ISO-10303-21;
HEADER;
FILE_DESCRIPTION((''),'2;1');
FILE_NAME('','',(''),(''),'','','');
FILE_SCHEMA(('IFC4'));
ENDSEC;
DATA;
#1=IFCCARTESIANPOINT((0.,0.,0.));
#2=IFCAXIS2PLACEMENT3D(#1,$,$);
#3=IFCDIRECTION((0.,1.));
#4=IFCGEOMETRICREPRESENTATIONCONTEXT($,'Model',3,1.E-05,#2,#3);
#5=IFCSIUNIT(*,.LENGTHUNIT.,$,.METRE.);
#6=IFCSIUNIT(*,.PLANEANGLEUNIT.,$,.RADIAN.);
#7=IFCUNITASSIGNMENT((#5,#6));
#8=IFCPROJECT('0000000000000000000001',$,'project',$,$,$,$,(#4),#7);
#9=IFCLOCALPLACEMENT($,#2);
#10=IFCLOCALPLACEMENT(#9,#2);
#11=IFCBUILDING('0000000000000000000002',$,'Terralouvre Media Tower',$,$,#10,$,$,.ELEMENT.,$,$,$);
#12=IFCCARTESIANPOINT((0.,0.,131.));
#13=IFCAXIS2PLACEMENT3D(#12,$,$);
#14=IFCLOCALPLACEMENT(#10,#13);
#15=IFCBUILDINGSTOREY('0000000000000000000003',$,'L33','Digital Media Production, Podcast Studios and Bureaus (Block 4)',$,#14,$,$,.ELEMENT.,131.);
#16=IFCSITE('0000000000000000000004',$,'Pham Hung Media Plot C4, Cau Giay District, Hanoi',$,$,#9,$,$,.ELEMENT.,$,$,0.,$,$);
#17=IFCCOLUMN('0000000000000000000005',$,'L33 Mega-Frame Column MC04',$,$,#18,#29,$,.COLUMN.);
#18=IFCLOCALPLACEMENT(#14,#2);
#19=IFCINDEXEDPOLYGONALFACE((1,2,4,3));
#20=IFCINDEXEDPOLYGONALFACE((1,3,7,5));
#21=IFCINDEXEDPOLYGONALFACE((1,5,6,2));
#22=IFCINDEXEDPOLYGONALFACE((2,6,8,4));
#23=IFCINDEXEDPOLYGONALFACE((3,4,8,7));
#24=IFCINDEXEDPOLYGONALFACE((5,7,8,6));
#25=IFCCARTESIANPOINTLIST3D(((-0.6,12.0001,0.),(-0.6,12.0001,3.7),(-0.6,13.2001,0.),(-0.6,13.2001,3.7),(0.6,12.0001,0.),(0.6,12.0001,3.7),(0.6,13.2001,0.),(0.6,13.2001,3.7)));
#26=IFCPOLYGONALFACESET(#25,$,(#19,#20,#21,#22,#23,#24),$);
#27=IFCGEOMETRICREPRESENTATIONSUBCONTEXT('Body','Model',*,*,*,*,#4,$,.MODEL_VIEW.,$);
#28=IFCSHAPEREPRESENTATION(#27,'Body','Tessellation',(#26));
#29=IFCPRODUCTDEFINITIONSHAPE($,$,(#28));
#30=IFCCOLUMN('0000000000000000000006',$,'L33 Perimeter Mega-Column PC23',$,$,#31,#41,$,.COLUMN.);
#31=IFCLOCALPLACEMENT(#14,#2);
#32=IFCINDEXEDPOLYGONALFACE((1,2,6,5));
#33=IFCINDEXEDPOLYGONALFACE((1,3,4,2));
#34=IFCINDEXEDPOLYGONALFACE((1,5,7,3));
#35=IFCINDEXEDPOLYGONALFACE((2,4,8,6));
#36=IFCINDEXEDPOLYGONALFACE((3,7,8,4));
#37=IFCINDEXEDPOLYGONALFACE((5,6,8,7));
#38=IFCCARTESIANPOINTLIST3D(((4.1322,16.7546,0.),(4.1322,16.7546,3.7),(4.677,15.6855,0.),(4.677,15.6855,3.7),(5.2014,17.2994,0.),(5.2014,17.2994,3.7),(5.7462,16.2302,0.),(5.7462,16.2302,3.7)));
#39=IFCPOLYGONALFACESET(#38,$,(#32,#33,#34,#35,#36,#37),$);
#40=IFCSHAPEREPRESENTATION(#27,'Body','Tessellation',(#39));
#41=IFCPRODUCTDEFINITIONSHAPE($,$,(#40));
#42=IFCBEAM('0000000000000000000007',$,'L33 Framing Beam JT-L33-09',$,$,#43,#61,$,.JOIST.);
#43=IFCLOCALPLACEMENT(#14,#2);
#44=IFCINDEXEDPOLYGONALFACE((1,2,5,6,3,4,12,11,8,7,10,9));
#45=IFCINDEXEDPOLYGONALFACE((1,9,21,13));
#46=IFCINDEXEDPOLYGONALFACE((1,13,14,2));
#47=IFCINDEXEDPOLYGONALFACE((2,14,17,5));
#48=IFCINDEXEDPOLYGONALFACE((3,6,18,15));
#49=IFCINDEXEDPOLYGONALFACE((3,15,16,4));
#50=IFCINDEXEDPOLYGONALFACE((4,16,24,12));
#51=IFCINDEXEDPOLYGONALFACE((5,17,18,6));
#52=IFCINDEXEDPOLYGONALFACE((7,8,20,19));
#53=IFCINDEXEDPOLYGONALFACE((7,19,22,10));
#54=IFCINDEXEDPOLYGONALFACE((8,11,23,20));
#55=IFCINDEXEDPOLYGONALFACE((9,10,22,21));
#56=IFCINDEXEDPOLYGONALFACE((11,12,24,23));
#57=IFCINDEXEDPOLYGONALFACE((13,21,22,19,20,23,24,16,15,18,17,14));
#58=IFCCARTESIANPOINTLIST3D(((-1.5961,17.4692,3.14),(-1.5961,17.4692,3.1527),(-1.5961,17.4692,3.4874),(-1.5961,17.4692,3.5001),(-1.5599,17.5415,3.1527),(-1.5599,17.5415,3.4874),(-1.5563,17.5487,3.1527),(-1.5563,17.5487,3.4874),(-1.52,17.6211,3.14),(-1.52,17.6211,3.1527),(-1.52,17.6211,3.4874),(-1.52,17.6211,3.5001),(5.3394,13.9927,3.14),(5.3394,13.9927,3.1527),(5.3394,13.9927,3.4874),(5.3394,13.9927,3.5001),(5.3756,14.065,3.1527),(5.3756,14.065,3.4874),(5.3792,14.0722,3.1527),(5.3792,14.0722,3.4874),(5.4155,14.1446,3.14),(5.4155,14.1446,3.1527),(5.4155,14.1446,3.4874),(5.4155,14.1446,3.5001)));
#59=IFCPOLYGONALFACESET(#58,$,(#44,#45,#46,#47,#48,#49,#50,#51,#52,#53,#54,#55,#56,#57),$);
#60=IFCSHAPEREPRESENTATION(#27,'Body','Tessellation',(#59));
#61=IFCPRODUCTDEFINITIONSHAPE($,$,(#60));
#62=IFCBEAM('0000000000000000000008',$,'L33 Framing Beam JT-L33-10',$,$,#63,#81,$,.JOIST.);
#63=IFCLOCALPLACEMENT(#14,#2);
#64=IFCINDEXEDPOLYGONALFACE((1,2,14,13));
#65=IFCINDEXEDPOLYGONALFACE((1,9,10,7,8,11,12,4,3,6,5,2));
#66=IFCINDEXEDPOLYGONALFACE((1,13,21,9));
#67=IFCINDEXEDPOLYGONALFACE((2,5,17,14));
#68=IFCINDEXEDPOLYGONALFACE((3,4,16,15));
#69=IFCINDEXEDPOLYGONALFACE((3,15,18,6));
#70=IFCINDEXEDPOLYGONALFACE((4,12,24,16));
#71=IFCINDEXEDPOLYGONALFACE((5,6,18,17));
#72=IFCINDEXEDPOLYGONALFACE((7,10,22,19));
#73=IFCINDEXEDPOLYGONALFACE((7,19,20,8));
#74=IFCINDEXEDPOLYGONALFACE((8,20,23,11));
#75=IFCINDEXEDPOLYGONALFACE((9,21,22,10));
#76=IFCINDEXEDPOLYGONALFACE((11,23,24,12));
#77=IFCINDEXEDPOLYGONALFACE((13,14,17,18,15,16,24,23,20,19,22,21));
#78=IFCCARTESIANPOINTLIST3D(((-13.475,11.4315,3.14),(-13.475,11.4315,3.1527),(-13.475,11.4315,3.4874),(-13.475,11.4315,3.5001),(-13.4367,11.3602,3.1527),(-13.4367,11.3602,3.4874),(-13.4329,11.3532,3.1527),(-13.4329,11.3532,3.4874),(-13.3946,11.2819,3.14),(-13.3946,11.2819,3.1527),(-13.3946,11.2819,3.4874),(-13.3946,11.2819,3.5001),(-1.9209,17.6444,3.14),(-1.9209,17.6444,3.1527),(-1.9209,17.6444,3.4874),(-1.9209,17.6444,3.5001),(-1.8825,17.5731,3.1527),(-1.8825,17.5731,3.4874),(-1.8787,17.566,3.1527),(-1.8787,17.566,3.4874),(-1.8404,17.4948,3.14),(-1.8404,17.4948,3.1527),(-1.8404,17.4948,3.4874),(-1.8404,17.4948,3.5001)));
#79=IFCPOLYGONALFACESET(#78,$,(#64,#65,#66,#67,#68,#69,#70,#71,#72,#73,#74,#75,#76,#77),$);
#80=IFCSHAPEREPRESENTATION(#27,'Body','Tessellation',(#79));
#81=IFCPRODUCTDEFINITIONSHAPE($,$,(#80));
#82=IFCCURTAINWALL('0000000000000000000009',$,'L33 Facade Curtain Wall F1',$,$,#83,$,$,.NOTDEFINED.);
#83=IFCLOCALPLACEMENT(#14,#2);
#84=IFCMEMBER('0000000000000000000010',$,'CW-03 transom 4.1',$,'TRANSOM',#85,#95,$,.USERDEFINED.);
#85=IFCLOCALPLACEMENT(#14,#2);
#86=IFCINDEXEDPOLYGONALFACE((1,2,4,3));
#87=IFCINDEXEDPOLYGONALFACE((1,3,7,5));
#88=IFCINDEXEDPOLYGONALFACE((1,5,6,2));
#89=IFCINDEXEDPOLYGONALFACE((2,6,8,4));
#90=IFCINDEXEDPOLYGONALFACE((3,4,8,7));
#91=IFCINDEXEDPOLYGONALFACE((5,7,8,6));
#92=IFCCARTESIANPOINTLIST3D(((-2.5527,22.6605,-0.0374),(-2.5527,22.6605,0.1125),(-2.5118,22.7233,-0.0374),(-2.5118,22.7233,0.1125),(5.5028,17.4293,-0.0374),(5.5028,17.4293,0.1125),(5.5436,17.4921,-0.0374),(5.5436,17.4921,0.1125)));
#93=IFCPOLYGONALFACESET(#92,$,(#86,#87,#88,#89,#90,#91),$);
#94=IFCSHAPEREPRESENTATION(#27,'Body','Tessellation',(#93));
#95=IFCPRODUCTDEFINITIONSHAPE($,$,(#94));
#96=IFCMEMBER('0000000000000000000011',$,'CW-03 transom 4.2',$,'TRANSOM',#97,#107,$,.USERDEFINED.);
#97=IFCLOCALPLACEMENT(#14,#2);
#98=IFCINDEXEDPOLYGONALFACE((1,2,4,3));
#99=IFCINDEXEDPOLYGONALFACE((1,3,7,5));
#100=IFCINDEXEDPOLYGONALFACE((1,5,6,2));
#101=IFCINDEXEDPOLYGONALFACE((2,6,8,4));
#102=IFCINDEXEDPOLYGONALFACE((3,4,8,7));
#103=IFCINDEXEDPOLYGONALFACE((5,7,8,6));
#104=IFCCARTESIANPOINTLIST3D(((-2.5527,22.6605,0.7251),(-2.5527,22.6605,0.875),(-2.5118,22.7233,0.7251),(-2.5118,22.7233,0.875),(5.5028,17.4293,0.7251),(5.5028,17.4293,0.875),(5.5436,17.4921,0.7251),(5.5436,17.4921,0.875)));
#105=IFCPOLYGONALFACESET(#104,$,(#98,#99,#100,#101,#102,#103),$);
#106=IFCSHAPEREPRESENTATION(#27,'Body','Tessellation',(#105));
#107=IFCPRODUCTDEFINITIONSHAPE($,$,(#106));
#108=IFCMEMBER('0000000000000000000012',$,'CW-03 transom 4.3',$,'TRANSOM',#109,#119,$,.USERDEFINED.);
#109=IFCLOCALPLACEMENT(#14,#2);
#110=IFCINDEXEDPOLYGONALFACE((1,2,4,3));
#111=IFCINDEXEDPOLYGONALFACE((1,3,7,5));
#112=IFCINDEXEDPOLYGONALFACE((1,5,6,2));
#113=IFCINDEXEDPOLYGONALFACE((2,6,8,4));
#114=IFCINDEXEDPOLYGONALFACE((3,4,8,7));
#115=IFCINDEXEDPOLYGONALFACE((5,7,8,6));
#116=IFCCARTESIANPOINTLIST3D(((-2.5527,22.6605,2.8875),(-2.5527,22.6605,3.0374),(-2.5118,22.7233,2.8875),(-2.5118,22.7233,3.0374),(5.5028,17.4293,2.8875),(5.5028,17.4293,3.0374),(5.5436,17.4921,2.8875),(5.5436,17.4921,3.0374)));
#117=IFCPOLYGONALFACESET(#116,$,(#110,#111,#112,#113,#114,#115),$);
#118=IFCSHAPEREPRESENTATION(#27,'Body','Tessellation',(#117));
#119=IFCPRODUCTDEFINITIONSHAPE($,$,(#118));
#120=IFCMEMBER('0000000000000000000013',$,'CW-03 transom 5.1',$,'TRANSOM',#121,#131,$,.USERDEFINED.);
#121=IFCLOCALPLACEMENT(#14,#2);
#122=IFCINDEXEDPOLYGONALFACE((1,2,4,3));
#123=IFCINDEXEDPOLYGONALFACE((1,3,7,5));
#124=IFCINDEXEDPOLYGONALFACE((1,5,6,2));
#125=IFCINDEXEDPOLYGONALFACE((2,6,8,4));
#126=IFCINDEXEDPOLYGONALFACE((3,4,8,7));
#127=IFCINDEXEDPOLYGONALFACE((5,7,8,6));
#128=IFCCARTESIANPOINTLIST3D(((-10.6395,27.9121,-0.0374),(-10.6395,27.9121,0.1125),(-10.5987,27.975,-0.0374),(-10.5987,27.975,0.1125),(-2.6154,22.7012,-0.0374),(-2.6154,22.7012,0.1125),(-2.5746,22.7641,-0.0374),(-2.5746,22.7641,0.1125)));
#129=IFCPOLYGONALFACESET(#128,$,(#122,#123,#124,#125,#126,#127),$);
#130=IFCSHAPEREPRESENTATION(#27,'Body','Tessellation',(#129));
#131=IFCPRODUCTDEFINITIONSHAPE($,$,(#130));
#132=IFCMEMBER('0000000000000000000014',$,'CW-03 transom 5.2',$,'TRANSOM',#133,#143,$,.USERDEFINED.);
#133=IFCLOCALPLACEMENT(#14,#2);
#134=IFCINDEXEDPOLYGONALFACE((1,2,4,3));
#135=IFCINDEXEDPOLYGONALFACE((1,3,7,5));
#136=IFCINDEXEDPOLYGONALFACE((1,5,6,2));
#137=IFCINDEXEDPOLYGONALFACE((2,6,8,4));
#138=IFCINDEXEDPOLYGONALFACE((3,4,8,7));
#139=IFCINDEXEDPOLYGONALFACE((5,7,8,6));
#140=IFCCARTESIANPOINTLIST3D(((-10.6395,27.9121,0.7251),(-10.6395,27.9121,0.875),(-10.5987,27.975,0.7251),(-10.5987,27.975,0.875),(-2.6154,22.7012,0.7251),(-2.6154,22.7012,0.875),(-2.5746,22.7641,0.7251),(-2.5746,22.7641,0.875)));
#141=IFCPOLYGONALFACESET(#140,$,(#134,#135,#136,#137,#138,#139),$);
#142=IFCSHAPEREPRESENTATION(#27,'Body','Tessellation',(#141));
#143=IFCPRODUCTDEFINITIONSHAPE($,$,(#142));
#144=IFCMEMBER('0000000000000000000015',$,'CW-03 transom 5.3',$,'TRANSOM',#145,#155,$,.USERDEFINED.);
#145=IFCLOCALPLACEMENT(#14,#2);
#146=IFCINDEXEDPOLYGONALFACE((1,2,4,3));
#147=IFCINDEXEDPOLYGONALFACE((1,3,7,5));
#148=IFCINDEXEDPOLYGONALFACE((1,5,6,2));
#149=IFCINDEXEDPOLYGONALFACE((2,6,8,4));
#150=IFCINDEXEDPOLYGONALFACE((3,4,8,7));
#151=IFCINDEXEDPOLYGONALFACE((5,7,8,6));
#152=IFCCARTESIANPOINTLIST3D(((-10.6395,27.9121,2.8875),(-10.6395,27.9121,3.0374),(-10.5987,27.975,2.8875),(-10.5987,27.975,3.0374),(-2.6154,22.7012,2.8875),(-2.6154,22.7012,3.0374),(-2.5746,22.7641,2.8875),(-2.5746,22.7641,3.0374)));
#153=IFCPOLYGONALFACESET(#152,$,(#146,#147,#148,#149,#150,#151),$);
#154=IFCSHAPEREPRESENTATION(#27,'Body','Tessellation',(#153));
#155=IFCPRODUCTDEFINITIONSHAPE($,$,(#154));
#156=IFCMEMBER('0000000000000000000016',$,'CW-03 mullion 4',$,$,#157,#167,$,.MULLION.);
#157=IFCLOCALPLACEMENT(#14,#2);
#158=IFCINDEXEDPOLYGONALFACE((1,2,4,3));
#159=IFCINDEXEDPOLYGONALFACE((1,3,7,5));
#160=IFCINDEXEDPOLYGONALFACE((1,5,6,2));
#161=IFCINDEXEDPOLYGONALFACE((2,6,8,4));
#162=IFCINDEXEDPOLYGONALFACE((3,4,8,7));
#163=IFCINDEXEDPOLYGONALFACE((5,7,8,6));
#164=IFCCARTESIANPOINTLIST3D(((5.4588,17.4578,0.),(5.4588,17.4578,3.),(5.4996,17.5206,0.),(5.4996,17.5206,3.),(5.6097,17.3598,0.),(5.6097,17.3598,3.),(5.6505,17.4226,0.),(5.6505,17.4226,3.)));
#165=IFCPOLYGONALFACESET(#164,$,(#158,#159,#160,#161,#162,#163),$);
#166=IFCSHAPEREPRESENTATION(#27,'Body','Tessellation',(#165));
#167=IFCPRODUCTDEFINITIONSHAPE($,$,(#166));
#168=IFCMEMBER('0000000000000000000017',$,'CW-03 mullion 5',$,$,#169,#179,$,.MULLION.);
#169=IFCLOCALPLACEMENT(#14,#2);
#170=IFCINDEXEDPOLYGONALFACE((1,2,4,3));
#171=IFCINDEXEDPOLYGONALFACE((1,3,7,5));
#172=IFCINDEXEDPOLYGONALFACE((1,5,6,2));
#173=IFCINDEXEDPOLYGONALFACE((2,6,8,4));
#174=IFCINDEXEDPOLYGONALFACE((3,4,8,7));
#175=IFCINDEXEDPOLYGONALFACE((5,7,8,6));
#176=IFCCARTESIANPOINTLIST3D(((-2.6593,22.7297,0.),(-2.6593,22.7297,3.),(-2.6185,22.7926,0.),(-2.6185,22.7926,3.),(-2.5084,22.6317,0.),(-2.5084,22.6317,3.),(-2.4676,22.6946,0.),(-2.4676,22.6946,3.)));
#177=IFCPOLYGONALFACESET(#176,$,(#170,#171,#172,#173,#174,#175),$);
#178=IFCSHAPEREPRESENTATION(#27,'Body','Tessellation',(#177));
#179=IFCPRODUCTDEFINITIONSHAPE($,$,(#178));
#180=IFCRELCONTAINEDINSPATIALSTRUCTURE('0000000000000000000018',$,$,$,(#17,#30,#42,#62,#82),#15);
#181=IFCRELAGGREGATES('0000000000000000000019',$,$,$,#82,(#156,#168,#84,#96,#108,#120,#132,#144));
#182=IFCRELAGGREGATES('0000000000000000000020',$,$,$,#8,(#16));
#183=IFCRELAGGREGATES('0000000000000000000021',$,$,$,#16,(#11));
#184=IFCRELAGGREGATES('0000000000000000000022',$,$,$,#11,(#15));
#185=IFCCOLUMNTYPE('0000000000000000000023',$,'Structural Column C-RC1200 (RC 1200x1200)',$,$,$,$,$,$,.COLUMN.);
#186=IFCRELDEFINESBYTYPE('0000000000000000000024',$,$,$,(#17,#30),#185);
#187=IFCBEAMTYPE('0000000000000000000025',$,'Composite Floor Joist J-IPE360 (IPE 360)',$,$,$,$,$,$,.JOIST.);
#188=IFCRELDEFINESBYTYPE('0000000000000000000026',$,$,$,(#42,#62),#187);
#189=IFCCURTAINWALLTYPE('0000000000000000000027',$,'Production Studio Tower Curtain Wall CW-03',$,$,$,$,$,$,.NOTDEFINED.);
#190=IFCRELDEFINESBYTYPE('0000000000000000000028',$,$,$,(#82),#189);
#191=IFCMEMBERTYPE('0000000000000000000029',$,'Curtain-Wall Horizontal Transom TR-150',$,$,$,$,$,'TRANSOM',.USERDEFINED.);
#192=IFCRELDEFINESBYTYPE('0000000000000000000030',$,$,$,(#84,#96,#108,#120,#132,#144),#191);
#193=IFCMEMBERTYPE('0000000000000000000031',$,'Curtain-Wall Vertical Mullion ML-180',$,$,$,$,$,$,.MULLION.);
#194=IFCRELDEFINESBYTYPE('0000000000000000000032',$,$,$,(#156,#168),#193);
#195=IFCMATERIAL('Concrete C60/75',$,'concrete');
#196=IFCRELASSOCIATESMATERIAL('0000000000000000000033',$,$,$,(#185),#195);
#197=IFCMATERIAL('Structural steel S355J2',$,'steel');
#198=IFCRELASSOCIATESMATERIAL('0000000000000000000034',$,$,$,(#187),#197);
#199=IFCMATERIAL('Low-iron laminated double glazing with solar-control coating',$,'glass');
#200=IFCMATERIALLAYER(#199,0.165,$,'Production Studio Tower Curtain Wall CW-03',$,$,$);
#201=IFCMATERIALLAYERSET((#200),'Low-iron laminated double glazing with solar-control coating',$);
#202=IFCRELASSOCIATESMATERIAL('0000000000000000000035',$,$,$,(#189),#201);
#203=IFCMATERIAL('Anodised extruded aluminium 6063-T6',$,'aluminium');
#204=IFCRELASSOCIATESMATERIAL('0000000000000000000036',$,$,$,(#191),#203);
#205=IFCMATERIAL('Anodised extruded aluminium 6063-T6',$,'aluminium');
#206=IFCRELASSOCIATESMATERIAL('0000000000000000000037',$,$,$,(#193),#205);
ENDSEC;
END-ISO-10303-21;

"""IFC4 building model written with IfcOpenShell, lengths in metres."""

from ifc_helpers import new_model, si_unit, direction, frame, origin, origin_2d, place, context, subcontext, project, spatial, rectangle, i_section, extrude, material, layer, layer_set, material_profile, profile_set, type_object, element, aggregate, save


model = new_model("IFC4")

# Units and contexts
model_context = context("Model", 3, precision=1e-05, world=origin(), true_north=direction((0.0, 1.0)))
body_context = subcontext(model_context, "Body", "Model", "MODEL_VIEW")
ifc_project = project(units=[si_unit("LENGTHUNIT", "METRE"), si_unit("PLANEANGLEUNIT", "RADIAN")], contexts=[model_context])

# Site, building, storey
site_placement = place(None, origin())
site = spatial("IfcSite", under=ifc_project, at=site_placement, Name="Pham Hung Media Plot C4, Cau Giay District, Hanoi", CompositionType="ELEMENT", RefElevation=0.0)
building_placement = place(site_placement, origin())
building = spatial("IfcBuilding", under=site, at=building_placement, Name="Terralouvre Media Tower", CompositionType="ELEMENT")
storey_placement = place(building_placement, frame((0.0, 0.0, 131.0)))
storey = spatial("IfcBuildingStorey", under=building, at=storey_placement, Name="L33", Description="Digital Media Production, Podcast Studios and Bureaus (Block 4)", CompositionType="ELEMENT", Elevation=131.0)

# Columns
ifc_material_1 = material(Name="Concrete C60/75", Category="concrete")
ifc_material_profile_1 = material_profile(ifc_material_1, rectangle(XDim=1.2, YDim=1.2, at=origin_2d()), Name="RC 1200x1200")
ifc_profile_set_1 = profile_set([ifc_material_profile_1], Name="Concrete C60/75")
column_type = type_object("IfcColumnType", Name="Structural Column C-RC1200 (RC 1200x1200)", PredefinedType="COLUMN", material=ifc_profile_set_1)
for number, where, z_axis, x_axis, name in (
    (1, (0.0, 12.6001, 0.0), (0.0, 0.0, 1.0), (1.0, 0.0, 0.0), "L33 Mega-Frame Column MC04"),
    (2, (4.9392, 16.4924, 0.0), (0.0, 0.0, 1.0), (0.891007, 0.45399, 0.0), "L33 Perimeter Mega-Column PC23"),
):
    element("IfcColumn", number, at=place(storey_placement, frame(where, z_axis=z_axis, x_axis=x_axis)), inside=storey, type_object=column_type, Name=name, PredefinedType="COLUMN", context=body_context, shape_type="SweptSolid", body=[
        extrude(rectangle(XDim=1.2, YDim=1.2, at=origin_2d()), origin(), (0.0, 0.0, 1.0), 3.7),
    ])

# Beams
ifc_material_2 = material(Name="Structural steel S355J2", Category="steel")
ifc_material_profile_2 = material_profile(ifc_material_2, i_section(OverallWidth=0.1699, OverallDepth=0.3601, WebThickness=0.0081, FlangeThickness=0.0127, at=origin_2d()), Name="IPE 360")
ifc_profile_set_2 = profile_set([ifc_material_profile_2], Name="Structural steel S355J2")
beam_type_1 = type_object("IfcBeamType", Name="Composite Floor Joist J-IPE360 (IPE 360)", PredefinedType="JOIST", material=ifc_profile_set_2)
beam_1_placement = place(storey_placement, frame((5.3774, 14.0686, 3.3201), z_axis=(-0.893974, 0.44812, 0.0), x_axis=(-0.44812, -0.893974, 0.0)))
element("IfcBeam", 3, at=beam_1_placement, inside=storey, type_object=beam_type_1, Name="L33 Framing Beam JT-L33-09", PredefinedType="JOIST", context=body_context, shape_type="SweptSolid", body=[
    extrude(i_section(OverallWidth=0.1699, OverallDepth=0.3601, WebThickness=0.0081, FlangeThickness=0.0127, at=origin_2d()), origin(), (0.0, 0.0, 1.0), 7.7581),
])
beam_2_placement = place(storey_placement, frame((-1.8806, 17.5696, 3.3201), z_axis=(-0.880745, -0.473591, 0.0), x_axis=(0.473591, -0.880745, 0.0)))
element("IfcBeam", 4, at=beam_2_placement, inside=storey, type_object=beam_type_1, Name="L33 Framing Beam JT-L33-10", PredefinedType="JOIST", context=body_context, shape_type="SweptSolid", body=[
    extrude(i_section(OverallWidth=0.1699, OverallDepth=0.3601, WebThickness=0.0081, FlangeThickness=0.0127, at=origin_2d()), origin(), (0.0, 0.0, 1.0), 13.1187),
])

# Curtain wall, members
ifc_material_3 = material(Name="Low-iron laminated double glazing with solar-control coating", Category="glass")
ifc_layer_1 = layer(ifc_material_3, 0.165, Name="Production Studio Tower Curtain Wall CW-03")
ifc_layer_set_1 = layer_set([ifc_layer_1], Name="Low-iron laminated double glazing with solar-control coating")
curtain_wall_type = type_object("IfcCurtainWallType", Name="Production Studio Tower Curtain Wall CW-03", PredefinedType="NOTDEFINED", material=ifc_layer_set_1)
curtain_wall_placement = place(storey_placement, origin())
curtain_wall = element("IfcCurtainWall", 5, at=curtain_wall_placement, inside=storey, type_object=curtain_wall_type, Name="L33 Facade Curtain Wall F1", PredefinedType="NOTDEFINED")
ifc_material_4 = material(Name="Anodised extruded aluminium 6063-T6", Category="aluminium")
ifc_material_profile_3 = material_profile(ifc_material_4, rectangle(XDim=0.075, YDim=0.1499, at=origin_2d()), Name="ALU 75x150")
ifc_profile_set_3 = profile_set([ifc_material_profile_3], Name="Anodised extruded aluminium 6063-T6")
member_type_1 = type_object("IfcMemberType", Name="Curtain-Wall Horizontal Transom TR-150", ElementType="TRANSOM", PredefinedType="USERDEFINED", material=ifc_profile_set_3)
member_1_placement = place(storey_placement, frame((5.5232, 17.4607, 0.0376), z_axis=(-0.838673, 0.544635, 0.0), x_axis=(-0.544635, -0.838673, 0.0)))
member_1 = element("IfcMember", 6, at=member_1_placement, type_object=member_type_1, Name="CW-03 transom 4.1", ObjectType="TRANSOM", PredefinedType="USERDEFINED", context=body_context, shape_type="SweptSolid", body=[
    extrude(rectangle(XDim=0.075, YDim=0.1499, at=origin_2d()), origin(), (0.0, 0.0, 1.0), 9.605),
])
member_2_placement = place(storey_placement, frame((5.5232, 17.4607, 0.8), z_axis=(-0.838673, 0.544635, 0.0), x_axis=(-0.544635, -0.838673, 0.0)))
member_2 = element("IfcMember", 7, at=member_2_placement, type_object=member_type_1, Name="CW-03 transom 4.2", ObjectType="TRANSOM", PredefinedType="USERDEFINED", context=body_context, shape_type="SweptSolid", body=[
    extrude(rectangle(XDim=0.075, YDim=0.1499, at=origin_2d()), origin(), (0.0, 0.0, 1.0), 9.605),
])
member_3_placement = place(storey_placement, frame((5.5232, 17.4607, 2.9624), z_axis=(-0.838673, 0.544635, 0.0), x_axis=(-0.544635, -0.838673, 0.0)))
member_3 = element("IfcMember", 8, at=member_3_placement, type_object=member_type_1, Name="CW-03 transom 4.3", ObjectType="TRANSOM", PredefinedType="USERDEFINED", context=body_context, shape_type="SweptSolid", body=[
    extrude(rectangle(XDim=0.075, YDim=0.1499, at=origin_2d()), origin(), (0.0, 0.0, 1.0), 9.605),
])
member_4_placement = place(storey_placement, frame((-2.595, 22.7327, 0.0376), z_axis=(-0.838671, 0.544638, 0.0), x_axis=(-0.544638, -0.838671, 0.0)))
member_4 = element("IfcMember", 9, at=member_4_placement, type_object=member_type_1, Name="CW-03 transom 5.1", ObjectType="TRANSOM", PredefinedType="USERDEFINED", context=body_context, shape_type="SweptSolid", body=[
    extrude(rectangle(XDim=0.075, YDim=0.1499, at=origin_2d()), origin(), (0.0, 0.0, 1.0), 9.5676),
])
member_5_placement = place(storey_placement, frame((-2.595, 22.7327, 0.8), z_axis=(-0.838671, 0.544638, 0.0), x_axis=(-0.544638, -0.838671, 0.0)))
member_5 = element("IfcMember", 10, at=member_5_placement, type_object=member_type_1, Name="CW-03 transom 5.2", ObjectType="TRANSOM", PredefinedType="USERDEFINED", context=body_context, shape_type="SweptSolid", body=[
    extrude(rectangle(XDim=0.075, YDim=0.1499, at=origin_2d()), origin(), (0.0, 0.0, 1.0), 9.5676),
])
member_6_placement = place(storey_placement, frame((-2.595, 22.7327, 2.9624), z_axis=(-0.838671, 0.544638, 0.0), x_axis=(-0.544638, -0.838671, 0.0)))
member_6 = element("IfcMember", 11, at=member_6_placement, type_object=member_type_1, Name="CW-03 transom 5.3", ObjectType="TRANSOM", PredefinedType="USERDEFINED", context=body_context, shape_type="SweptSolid", body=[
    extrude(rectangle(XDim=0.075, YDim=0.1499, at=origin_2d()), origin(), (0.0, 0.0, 1.0), 9.5676),
])
ifc_material_5 = material(Name="Anodised extruded aluminium 6063-T6", Category="aluminium")
ifc_material_profile_4 = material_profile(ifc_material_5, rectangle(XDim=0.075, YDim=0.1799, at=origin_2d()), Name="ALU 75x180")
ifc_profile_set_4 = profile_set([ifc_material_profile_4], Name="Anodised extruded aluminium 6063-T6")
member_type_2 = type_object("IfcMemberType", Name="Curtain-Wall Vertical Mullion ML-180", PredefinedType="MULLION", material=ifc_profile_set_4)
member_7_placement = place(storey_placement, frame((5.5547, 17.4402, 0.0), z_axis=(0.0, 0.0, 1.0), x_axis=(-0.544639, -0.838671, 0.0)))
member_7 = element("IfcMember", 12, at=member_7_placement, type_object=member_type_2, Name="CW-03 mullion 4", PredefinedType="MULLION", context=body_context, shape_type="SweptSolid", body=[
    extrude(rectangle(XDim=0.075, YDim=0.1799, at=origin_2d()), origin(), (0.0, 0.0, 1.0), 3.0),
])
member_8_placement = place(storey_placement, frame((-2.5635, 22.7122, 0.0), z_axis=(0.0, 0.0, 1.0), x_axis=(-0.544639, -0.838671, 0.0)))
member_8 = element("IfcMember", 13, at=member_8_placement, type_object=member_type_2, Name="CW-03 mullion 5", PredefinedType="MULLION", context=body_context, shape_type="SweptSolid", body=[
    extrude(rectangle(XDim=0.075, YDim=0.1799, at=origin_2d()), origin(), (0.0, 0.0, 1.0), 3.0),
])

aggregate(curtain_wall, [member_7, member_8, member_1, member_2, member_3, member_4, member_5, member_6])

save(model, "model.ifc")
